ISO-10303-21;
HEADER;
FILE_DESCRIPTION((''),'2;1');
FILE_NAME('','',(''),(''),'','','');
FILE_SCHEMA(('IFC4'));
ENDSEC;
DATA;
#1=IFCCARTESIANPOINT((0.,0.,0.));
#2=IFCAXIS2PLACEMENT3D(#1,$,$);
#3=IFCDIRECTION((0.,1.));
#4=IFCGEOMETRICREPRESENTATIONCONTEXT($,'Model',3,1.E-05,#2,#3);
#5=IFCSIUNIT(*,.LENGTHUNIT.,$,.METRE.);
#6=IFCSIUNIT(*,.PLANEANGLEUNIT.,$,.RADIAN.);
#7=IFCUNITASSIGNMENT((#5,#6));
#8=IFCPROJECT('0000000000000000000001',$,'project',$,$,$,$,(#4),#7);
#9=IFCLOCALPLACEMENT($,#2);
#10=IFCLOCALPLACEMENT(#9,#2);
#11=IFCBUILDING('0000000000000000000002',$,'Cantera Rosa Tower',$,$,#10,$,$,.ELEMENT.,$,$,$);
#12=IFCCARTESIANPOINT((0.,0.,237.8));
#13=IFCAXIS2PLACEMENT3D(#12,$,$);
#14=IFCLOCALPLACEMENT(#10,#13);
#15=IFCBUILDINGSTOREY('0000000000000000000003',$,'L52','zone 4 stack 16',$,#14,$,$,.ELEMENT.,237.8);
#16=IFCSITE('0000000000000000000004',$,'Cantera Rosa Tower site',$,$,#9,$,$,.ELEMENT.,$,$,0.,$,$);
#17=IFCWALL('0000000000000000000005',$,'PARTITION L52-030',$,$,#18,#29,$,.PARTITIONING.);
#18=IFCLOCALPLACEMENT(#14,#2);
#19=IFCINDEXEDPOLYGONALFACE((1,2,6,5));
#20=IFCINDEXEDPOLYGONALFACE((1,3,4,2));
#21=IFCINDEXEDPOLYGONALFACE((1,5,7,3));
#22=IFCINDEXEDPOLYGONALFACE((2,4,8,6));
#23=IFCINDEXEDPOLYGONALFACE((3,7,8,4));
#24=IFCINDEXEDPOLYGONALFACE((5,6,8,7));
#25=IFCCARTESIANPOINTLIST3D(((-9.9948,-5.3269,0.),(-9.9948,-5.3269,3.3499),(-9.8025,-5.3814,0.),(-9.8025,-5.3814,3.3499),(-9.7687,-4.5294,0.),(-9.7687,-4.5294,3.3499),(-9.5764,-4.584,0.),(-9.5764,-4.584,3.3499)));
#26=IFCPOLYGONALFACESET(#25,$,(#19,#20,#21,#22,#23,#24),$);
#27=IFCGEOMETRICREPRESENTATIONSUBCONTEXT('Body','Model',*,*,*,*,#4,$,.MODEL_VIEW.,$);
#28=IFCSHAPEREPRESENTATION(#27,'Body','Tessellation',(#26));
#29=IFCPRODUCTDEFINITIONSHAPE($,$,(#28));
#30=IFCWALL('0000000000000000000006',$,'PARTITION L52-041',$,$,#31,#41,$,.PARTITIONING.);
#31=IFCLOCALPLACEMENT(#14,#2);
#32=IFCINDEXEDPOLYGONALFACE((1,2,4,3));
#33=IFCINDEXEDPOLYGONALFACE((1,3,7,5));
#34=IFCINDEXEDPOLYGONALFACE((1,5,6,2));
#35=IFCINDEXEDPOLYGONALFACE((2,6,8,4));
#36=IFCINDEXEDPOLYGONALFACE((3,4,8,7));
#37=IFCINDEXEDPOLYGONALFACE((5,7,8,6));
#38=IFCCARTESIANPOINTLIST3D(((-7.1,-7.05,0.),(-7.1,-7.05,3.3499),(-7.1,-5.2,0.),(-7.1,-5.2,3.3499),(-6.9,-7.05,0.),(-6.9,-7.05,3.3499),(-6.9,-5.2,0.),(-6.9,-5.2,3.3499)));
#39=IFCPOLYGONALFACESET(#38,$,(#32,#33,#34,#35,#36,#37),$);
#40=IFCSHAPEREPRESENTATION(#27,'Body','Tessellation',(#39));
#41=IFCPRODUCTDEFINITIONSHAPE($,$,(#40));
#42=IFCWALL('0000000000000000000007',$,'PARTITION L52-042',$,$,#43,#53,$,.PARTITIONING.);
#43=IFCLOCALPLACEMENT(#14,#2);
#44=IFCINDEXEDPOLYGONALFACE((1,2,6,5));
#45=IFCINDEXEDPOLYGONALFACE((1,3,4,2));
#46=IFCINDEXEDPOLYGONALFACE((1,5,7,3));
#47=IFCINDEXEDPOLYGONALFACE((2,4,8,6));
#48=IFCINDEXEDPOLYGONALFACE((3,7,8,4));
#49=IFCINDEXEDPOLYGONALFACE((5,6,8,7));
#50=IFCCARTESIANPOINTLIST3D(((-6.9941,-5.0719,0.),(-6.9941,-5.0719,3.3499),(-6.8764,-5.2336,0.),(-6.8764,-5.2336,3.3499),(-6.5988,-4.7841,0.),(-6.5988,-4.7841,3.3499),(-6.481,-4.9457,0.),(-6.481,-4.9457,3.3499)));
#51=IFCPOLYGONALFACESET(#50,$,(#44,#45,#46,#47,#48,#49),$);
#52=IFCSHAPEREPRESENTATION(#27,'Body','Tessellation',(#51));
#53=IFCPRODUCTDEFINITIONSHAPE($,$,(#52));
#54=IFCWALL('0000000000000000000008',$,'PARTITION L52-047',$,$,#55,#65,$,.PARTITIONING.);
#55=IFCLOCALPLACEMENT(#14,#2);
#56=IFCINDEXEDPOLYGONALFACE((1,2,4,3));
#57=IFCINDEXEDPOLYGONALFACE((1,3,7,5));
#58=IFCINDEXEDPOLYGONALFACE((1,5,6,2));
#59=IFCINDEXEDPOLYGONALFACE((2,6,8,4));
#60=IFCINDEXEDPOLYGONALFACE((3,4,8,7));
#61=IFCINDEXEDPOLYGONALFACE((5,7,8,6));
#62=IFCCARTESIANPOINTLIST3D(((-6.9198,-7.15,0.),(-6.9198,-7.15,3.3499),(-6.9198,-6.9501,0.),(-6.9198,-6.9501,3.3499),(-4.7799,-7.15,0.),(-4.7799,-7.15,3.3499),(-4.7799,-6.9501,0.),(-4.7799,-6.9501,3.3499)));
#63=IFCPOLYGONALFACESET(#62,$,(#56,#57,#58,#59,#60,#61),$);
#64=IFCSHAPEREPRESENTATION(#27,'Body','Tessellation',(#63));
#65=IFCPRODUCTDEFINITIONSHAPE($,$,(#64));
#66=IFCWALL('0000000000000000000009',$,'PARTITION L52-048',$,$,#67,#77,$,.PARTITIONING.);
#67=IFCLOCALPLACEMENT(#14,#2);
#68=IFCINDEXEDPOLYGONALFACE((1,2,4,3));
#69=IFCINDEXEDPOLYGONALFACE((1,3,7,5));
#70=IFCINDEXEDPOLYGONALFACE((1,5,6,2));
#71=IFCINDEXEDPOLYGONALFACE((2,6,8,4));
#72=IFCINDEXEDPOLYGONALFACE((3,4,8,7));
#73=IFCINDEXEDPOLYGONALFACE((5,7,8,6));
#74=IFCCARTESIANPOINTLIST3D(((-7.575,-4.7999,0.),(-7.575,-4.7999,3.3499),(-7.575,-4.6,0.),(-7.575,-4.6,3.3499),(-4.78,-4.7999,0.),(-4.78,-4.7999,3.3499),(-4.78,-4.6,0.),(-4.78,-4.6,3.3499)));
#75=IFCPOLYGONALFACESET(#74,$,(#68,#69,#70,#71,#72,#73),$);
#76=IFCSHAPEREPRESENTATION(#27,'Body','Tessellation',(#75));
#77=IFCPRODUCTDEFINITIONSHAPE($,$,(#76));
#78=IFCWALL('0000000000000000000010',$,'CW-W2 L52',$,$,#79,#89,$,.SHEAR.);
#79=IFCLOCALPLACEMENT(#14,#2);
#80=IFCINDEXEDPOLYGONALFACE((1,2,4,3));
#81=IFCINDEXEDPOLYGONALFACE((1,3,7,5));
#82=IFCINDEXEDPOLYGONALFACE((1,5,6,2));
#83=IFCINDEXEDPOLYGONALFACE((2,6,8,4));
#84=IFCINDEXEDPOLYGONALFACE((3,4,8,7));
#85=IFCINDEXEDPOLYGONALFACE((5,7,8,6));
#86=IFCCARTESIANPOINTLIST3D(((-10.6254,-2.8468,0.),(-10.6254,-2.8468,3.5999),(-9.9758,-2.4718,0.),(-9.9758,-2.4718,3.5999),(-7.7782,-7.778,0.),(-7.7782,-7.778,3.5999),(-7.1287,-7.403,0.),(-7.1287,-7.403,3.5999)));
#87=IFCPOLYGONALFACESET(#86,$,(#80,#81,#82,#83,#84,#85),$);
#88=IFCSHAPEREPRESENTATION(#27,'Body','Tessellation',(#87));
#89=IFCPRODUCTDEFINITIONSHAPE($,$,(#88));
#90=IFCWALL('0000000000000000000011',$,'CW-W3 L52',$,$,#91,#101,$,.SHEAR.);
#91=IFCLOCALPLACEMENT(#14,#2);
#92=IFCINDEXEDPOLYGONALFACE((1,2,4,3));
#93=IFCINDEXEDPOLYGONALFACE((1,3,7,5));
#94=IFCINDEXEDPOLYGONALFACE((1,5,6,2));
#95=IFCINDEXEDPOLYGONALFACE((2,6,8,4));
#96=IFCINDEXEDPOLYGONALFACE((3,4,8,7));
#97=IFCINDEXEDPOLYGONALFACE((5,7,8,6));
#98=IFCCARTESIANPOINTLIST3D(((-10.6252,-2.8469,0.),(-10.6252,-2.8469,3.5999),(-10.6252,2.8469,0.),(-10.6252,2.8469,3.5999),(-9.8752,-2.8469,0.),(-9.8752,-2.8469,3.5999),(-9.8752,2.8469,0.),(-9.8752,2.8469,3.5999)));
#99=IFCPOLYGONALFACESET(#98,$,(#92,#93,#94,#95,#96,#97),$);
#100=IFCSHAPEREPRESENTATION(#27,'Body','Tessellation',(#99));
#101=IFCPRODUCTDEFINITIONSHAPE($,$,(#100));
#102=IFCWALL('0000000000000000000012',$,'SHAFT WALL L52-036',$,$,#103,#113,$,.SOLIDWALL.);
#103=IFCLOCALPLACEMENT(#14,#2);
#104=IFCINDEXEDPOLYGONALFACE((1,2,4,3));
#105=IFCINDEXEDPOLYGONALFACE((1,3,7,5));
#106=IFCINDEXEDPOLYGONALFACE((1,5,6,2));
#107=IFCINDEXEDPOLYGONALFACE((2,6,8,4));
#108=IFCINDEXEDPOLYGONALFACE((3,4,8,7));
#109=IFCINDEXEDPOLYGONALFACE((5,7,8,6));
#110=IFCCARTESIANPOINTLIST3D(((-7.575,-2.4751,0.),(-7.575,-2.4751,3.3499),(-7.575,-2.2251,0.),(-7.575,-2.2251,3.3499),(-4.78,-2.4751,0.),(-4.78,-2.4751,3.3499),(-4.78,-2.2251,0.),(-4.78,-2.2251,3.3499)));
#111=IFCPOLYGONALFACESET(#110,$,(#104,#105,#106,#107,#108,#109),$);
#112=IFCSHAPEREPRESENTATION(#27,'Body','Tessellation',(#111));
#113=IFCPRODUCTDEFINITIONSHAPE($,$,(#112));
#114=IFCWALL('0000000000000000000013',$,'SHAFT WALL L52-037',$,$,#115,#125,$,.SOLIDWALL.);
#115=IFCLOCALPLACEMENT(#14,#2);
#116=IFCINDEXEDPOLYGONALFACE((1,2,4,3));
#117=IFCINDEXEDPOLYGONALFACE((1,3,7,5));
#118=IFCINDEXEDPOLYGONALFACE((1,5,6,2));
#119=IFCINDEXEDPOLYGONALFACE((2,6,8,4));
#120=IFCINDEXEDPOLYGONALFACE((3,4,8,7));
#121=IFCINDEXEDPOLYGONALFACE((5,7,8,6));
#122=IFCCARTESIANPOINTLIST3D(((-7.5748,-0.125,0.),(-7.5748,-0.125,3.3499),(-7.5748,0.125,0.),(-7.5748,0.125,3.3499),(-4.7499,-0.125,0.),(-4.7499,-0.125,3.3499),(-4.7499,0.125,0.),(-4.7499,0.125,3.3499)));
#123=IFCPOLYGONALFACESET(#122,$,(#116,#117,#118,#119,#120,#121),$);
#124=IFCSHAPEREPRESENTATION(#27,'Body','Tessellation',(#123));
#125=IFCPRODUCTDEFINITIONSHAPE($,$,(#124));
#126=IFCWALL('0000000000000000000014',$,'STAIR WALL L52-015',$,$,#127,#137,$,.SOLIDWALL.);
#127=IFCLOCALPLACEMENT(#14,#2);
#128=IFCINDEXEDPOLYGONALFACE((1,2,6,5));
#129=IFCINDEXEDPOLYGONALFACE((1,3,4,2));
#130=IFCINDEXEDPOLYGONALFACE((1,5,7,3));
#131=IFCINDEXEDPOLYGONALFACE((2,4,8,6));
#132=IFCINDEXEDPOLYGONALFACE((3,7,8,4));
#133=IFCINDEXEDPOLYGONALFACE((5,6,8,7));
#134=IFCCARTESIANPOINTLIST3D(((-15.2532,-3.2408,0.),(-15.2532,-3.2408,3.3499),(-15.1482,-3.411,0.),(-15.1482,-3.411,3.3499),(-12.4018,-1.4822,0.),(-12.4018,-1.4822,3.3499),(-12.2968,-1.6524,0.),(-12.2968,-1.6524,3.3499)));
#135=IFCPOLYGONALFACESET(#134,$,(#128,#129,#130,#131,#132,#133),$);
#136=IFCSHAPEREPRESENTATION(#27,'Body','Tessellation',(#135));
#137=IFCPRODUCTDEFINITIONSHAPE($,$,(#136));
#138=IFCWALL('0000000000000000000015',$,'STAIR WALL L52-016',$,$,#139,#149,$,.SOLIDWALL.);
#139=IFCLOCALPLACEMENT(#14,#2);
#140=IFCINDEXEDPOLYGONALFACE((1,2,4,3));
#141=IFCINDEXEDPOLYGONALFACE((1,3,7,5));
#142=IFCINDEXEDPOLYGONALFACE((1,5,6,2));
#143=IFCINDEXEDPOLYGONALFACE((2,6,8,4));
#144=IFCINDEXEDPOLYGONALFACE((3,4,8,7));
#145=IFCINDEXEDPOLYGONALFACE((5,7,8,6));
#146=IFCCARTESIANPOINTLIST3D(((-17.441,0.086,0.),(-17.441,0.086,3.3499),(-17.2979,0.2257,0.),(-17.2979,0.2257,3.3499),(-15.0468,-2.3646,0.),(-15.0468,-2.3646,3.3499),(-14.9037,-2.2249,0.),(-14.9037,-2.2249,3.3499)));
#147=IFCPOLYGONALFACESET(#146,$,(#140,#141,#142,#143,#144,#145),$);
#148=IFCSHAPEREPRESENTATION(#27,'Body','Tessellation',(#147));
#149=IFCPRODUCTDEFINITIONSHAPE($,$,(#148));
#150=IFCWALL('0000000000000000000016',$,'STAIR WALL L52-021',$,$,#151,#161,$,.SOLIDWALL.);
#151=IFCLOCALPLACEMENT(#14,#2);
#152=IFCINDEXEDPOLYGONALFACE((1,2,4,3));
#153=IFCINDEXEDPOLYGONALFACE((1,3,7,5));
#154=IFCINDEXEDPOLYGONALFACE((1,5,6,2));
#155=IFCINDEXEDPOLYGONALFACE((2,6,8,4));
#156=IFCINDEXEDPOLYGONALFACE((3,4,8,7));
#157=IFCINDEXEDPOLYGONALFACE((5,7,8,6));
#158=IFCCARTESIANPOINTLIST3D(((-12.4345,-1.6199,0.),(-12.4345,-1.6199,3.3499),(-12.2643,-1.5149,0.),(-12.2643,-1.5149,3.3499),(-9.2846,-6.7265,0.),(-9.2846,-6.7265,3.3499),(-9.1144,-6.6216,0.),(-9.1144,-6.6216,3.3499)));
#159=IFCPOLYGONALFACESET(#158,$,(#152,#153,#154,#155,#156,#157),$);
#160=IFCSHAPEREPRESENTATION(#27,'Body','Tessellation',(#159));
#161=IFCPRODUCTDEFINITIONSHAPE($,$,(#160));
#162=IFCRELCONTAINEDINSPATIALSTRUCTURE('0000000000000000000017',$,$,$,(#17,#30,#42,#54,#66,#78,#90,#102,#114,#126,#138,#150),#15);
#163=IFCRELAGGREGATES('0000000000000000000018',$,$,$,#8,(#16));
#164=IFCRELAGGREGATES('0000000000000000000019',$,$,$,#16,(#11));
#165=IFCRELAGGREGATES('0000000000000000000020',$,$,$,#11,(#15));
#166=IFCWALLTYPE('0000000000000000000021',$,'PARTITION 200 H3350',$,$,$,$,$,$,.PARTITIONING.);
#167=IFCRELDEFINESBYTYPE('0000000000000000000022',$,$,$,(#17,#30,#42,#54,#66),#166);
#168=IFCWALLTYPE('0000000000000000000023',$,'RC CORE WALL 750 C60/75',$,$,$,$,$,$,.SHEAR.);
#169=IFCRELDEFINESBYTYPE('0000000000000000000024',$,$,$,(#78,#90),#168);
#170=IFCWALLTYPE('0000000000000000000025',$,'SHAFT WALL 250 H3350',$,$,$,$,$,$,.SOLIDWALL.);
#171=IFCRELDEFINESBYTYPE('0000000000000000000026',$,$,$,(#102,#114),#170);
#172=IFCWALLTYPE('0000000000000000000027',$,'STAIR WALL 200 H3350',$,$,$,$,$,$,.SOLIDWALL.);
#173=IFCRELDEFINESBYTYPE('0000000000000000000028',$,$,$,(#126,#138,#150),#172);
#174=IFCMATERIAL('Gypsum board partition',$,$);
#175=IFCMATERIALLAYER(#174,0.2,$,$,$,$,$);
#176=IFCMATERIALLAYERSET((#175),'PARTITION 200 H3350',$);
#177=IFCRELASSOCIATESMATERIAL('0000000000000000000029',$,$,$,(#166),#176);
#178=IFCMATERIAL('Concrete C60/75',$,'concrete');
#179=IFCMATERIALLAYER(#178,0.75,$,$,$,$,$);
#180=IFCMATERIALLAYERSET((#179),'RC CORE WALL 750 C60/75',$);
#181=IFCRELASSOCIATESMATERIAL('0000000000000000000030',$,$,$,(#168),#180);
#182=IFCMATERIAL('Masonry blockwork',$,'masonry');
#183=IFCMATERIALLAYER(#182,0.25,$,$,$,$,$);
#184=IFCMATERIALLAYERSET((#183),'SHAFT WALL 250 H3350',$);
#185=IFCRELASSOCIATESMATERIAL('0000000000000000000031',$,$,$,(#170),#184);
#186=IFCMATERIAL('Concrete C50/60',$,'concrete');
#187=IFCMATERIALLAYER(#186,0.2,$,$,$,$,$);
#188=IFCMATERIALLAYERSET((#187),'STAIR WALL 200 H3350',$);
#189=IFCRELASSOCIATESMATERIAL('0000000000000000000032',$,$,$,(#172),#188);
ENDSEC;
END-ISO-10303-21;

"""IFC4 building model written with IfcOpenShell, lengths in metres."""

from ifc_helpers import new_model, si_unit, direction, frame, frame_2d, origin, place, context, subcontext, project, spatial, rectangle, extrude, material, layer, layer_set, type_object, element, save


model = new_model("IFC4")

# Units and contexts
model_context = context("Model", 3, precision=1e-05, world=origin(), true_north=direction((0.0, 1.0)))
body_context = subcontext(model_context, "Body", "Model", "MODEL_VIEW")
ifc_project = project(units=[si_unit("LENGTHUNIT", "METRE"), si_unit("PLANEANGLEUNIT", "RADIAN")], contexts=[model_context])

# Site, building, storey
site_placement = place(None, origin())
site = spatial("IfcSite", under=ifc_project, at=site_placement, Name="Cantera Rosa Tower site", CompositionType="ELEMENT", RefElevation=0.0)
building_placement = place(site_placement, origin())
building = spatial("IfcBuilding", under=site, at=building_placement, Name="Cantera Rosa Tower", CompositionType="ELEMENT")
storey_placement = place(building_placement, frame((0.0, 0.0, 237.8)))
storey = spatial("IfcBuildingStorey", under=building, at=storey_placement, Name="L52", Description="zone 4 stack 16", CompositionType="ELEMENT", Elevation=237.8)

# Walls
ifc_material_1 = material(Name="Gypsum board partition")
ifc_layer_1 = layer(ifc_material_1, 0.2)
ifc_layer_set_1 = layer_set([ifc_layer_1], Name="PARTITION 200 H3350")
wall_type_1 = type_object("IfcWallType", Name="PARTITION 200 H3350", PredefinedType="PARTITIONING", material=ifc_layer_set_1)
wall_1_placement = place(storey_placement, frame((-9.8987, -5.3542, 0.0), z_axis=(0.0, 0.0, 1.0), x_axis=(0.272775, 0.962078, 0.0)))
element("IfcWall", 1, at=wall_1_placement, inside=storey, type_object=wall_type_1, Name="PARTITION L52-030", PredefinedType="PARTITIONING", context=body_context, shape_type="SweptSolid", body=[
    extrude(rectangle(XDim=0.8289, YDim=0.2, at=frame_2d((0.4146, 0.0))), origin(), (0.0, 0.0, 1.0), 3.3499),
])
wall_2_placement = place(storey_placement, frame((-7.0, -7.05, 0.0), z_axis=(0.0, 0.0, 1.0), x_axis=(0.0, 1.0, 0.0)))
element("IfcWall", 2, at=wall_2_placement, inside=storey, type_object=wall_type_1, Name="PARTITION L52-041", PredefinedType="PARTITIONING", context=body_context, shape_type="SweptSolid", body=[
    extrude(rectangle(XDim=1.8501, YDim=0.2, at=frame_2d((0.925, 0.0))), origin(), (0.0, 0.0, 1.0), 3.3499),
])
wall_3_placement = place(storey_placement, frame((-6.9353, -5.1528, 0.0), z_axis=(0.0, 0.0, 1.0), x_axis=(0.808369, 0.588676, 0.0)))
element("IfcWall", 3, at=wall_3_placement, inside=storey, type_object=wall_type_1, Name="PARTITION L52-042", PredefinedType="PARTITIONING", context=body_context, shape_type="SweptSolid", body=[
    extrude(rectangle(XDim=0.489, YDim=0.2, at=frame_2d((0.2446, 0.0))), origin(), (0.0, 0.0, 1.0), 3.3499),
])
wall_4_placement = place(storey_placement, frame((-4.78, -7.05, 0.0), z_axis=(0.0, 0.0, 1.0), x_axis=(-1.0, 0.0, 0.0)))
element("IfcWall", 4, at=wall_4_placement, inside=storey, type_object=wall_type_1, Name="PARTITION L52-047", PredefinedType="PARTITIONING", context=body_context, shape_type="SweptSolid", body=[
    extrude(rectangle(XDim=2.1399, YDim=0.2, at=frame_2d((1.0698, 0.0))), origin(), (0.0, 0.0, 1.0), 3.3499),
])
wall_5_placement = place(storey_placement, frame((-4.78, -4.7, 0.0), z_axis=(0.0, 0.0, 1.0), x_axis=(-1.0, 0.0, 0.0)))
element("IfcWall", 5, at=wall_5_placement, inside=storey, type_object=wall_type_1, Name="PARTITION L52-048", PredefinedType="PARTITIONING", context=body_context, shape_type="SweptSolid", body=[
    extrude(rectangle(XDim=2.7949, YDim=0.2, at=frame_2d((1.3975, 0.0))), origin(), (0.0, 0.0, 1.0), 3.3499),
])
ifc_material_2 = material(Name="Concrete C60/75", Category="concrete")
ifc_layer_2 = layer(ifc_material_2, 0.75)
ifc_layer_set_2 = layer_set([ifc_layer_2], Name="RC CORE WALL 750 C60/75")
wall_type_2 = type_object("IfcWallType", Name="RC CORE WALL 750 C60/75", PredefinedType="SHEAR", material=ifc_layer_set_2)
wall_6_placement = place(storey_placement, frame((-7.4534, -7.5906, 0.0), z_axis=(0.0, 0.0, 1.0), x_axis=(-0.500022, 0.866013, 0.0)))
element("IfcWall", 6, at=wall_6_placement, inside=storey, type_object=wall_type_2, Name="CW-W2 L52", PredefinedType="SHEAR", context=body_context, shape_type="SweptSolid", body=[
    extrude(rectangle(XDim=5.6941, YDim=0.75, at=frame_2d((2.8472, 0.0))), origin(), (0.0, 0.0, 1.0), 3.5999),
])
wall_7_placement = place(storey_placement, frame((-10.2502, -2.8469, 0.0), z_axis=(0.0, 0.0, 1.0), x_axis=(0.0, 1.0, 0.0)))
element("IfcWall", 7, at=wall_7_placement, inside=storey, type_object=wall_type_2, Name="CW-W3 L52", PredefinedType="SHEAR", context=body_context, shape_type="SweptSolid", body=[
    extrude(rectangle(XDim=5.6938, YDim=0.75, at=frame_2d((2.8469, 0.0))), origin(), (0.0, 0.0, 1.0), 3.5999),
])
ifc_material_3 = material(Name="Masonry blockwork", Category="masonry")
ifc_layer_3 = layer(ifc_material_3, 0.25)
ifc_layer_set_3 = layer_set([ifc_layer_3], Name="SHAFT WALL 250 H3350")
wall_type_3 = type_object("IfcWallType", Name="SHAFT WALL 250 H3350", PredefinedType="SOLIDWALL", material=ifc_layer_set_3)
wall_8_placement = place(storey_placement, frame((-7.575, -2.3501, 0.0), z_axis=(0.0, 0.0, 1.0), x_axis=(1.0, 0.0, 0.0)))
element("IfcWall", 8, at=wall_8_placement, inside=storey, type_object=wall_type_3, Name="SHAFT WALL L52-036", PredefinedType="SOLIDWALL", context=body_context, shape_type="SweptSolid", body=[
    extrude(rectangle(XDim=2.7949, YDim=0.25, at=frame_2d((1.3975, 0.0))), origin(), (0.0, 0.0, 1.0), 3.3499),
])
wall_9_placement = place(storey_placement, frame((-7.575, 0.0, 0.0), z_axis=(0.0, 0.0, 1.0), x_axis=(1.0, 0.0, 0.0)))
element("IfcWall", 9, at=wall_9_placement, inside=storey, type_object=wall_type_3, Name="SHAFT WALL L52-037", PredefinedType="SOLIDWALL", context=body_context, shape_type="SweptSolid", body=[
    extrude(rectangle(XDim=2.825, YDim=0.25, at=frame_2d((1.4126, 0.0))), origin(), (0.0, 0.0, 1.0), 3.3499),
])
ifc_material_4 = material(Name="Concrete C50/60", Category="concrete")
ifc_layer_4 = layer(ifc_material_4, 0.2)
ifc_layer_set_4 = layer_set([ifc_layer_4], Name="STAIR WALL 200 H3350")
wall_type_4 = type_object("IfcWallType", Name="STAIR WALL 200 H3350", PredefinedType="SOLIDWALL", material=ifc_layer_set_4)
wall_10_placement = place(storey_placement, frame((-15.2007, -3.3259, 0.0), z_axis=(0.0, 0.0, 1.0), x_axis=(0.85114, 0.524939, 0.0)))
element("IfcWall", 10, at=wall_10_placement, inside=storey, type_object=wall_type_4, Name="STAIR WALL L52-015", PredefinedType="SOLIDWALL", context=body_context, shape_type="SweptSolid", body=[
    extrude(rectangle(XDim=3.3501, YDim=0.2, at=frame_2d((1.675, 0.0))), origin(), (0.0, 0.0, 1.0), 3.3499),
])
wall_11_placement = place(storey_placement, frame((-14.9753, -2.2947, 0.0), z_axis=(0.0, 0.0, 1.0), x_axis=(-0.698829, 0.715289, 0.0)))
element("IfcWall", 11, at=wall_11_placement, inside=storey, type_object=wall_type_4, Name="STAIR WALL L52-016", PredefinedType="SOLIDWALL", context=body_context, shape_type="SweptSolid", body=[
    extrude(rectangle(XDim=3.426, YDim=0.2, at=frame_2d((1.7129, 0.0))), origin(), (0.0, 0.0, 1.0), 3.3499),
])
wall_12_placement = place(storey_placement, frame((-12.3494, -1.5674, 0.0), z_axis=(0.0, 0.0, 1.0), x_axis=(0.524983, -0.851113, 0.0)))
element("IfcWall", 12, at=wall_12_placement, inside=storey, type_object=wall_type_4, Name="STAIR WALL L52-021", PredefinedType="SOLIDWALL", context=body_context, shape_type="SweptSolid", body=[
    extrude(rectangle(XDim=6.0, YDim=0.2, at=frame_2d((3.0, 0.0))), origin(), (0.0, 0.0, 1.0), 3.3499),
])

save(model, "model.ifc")
